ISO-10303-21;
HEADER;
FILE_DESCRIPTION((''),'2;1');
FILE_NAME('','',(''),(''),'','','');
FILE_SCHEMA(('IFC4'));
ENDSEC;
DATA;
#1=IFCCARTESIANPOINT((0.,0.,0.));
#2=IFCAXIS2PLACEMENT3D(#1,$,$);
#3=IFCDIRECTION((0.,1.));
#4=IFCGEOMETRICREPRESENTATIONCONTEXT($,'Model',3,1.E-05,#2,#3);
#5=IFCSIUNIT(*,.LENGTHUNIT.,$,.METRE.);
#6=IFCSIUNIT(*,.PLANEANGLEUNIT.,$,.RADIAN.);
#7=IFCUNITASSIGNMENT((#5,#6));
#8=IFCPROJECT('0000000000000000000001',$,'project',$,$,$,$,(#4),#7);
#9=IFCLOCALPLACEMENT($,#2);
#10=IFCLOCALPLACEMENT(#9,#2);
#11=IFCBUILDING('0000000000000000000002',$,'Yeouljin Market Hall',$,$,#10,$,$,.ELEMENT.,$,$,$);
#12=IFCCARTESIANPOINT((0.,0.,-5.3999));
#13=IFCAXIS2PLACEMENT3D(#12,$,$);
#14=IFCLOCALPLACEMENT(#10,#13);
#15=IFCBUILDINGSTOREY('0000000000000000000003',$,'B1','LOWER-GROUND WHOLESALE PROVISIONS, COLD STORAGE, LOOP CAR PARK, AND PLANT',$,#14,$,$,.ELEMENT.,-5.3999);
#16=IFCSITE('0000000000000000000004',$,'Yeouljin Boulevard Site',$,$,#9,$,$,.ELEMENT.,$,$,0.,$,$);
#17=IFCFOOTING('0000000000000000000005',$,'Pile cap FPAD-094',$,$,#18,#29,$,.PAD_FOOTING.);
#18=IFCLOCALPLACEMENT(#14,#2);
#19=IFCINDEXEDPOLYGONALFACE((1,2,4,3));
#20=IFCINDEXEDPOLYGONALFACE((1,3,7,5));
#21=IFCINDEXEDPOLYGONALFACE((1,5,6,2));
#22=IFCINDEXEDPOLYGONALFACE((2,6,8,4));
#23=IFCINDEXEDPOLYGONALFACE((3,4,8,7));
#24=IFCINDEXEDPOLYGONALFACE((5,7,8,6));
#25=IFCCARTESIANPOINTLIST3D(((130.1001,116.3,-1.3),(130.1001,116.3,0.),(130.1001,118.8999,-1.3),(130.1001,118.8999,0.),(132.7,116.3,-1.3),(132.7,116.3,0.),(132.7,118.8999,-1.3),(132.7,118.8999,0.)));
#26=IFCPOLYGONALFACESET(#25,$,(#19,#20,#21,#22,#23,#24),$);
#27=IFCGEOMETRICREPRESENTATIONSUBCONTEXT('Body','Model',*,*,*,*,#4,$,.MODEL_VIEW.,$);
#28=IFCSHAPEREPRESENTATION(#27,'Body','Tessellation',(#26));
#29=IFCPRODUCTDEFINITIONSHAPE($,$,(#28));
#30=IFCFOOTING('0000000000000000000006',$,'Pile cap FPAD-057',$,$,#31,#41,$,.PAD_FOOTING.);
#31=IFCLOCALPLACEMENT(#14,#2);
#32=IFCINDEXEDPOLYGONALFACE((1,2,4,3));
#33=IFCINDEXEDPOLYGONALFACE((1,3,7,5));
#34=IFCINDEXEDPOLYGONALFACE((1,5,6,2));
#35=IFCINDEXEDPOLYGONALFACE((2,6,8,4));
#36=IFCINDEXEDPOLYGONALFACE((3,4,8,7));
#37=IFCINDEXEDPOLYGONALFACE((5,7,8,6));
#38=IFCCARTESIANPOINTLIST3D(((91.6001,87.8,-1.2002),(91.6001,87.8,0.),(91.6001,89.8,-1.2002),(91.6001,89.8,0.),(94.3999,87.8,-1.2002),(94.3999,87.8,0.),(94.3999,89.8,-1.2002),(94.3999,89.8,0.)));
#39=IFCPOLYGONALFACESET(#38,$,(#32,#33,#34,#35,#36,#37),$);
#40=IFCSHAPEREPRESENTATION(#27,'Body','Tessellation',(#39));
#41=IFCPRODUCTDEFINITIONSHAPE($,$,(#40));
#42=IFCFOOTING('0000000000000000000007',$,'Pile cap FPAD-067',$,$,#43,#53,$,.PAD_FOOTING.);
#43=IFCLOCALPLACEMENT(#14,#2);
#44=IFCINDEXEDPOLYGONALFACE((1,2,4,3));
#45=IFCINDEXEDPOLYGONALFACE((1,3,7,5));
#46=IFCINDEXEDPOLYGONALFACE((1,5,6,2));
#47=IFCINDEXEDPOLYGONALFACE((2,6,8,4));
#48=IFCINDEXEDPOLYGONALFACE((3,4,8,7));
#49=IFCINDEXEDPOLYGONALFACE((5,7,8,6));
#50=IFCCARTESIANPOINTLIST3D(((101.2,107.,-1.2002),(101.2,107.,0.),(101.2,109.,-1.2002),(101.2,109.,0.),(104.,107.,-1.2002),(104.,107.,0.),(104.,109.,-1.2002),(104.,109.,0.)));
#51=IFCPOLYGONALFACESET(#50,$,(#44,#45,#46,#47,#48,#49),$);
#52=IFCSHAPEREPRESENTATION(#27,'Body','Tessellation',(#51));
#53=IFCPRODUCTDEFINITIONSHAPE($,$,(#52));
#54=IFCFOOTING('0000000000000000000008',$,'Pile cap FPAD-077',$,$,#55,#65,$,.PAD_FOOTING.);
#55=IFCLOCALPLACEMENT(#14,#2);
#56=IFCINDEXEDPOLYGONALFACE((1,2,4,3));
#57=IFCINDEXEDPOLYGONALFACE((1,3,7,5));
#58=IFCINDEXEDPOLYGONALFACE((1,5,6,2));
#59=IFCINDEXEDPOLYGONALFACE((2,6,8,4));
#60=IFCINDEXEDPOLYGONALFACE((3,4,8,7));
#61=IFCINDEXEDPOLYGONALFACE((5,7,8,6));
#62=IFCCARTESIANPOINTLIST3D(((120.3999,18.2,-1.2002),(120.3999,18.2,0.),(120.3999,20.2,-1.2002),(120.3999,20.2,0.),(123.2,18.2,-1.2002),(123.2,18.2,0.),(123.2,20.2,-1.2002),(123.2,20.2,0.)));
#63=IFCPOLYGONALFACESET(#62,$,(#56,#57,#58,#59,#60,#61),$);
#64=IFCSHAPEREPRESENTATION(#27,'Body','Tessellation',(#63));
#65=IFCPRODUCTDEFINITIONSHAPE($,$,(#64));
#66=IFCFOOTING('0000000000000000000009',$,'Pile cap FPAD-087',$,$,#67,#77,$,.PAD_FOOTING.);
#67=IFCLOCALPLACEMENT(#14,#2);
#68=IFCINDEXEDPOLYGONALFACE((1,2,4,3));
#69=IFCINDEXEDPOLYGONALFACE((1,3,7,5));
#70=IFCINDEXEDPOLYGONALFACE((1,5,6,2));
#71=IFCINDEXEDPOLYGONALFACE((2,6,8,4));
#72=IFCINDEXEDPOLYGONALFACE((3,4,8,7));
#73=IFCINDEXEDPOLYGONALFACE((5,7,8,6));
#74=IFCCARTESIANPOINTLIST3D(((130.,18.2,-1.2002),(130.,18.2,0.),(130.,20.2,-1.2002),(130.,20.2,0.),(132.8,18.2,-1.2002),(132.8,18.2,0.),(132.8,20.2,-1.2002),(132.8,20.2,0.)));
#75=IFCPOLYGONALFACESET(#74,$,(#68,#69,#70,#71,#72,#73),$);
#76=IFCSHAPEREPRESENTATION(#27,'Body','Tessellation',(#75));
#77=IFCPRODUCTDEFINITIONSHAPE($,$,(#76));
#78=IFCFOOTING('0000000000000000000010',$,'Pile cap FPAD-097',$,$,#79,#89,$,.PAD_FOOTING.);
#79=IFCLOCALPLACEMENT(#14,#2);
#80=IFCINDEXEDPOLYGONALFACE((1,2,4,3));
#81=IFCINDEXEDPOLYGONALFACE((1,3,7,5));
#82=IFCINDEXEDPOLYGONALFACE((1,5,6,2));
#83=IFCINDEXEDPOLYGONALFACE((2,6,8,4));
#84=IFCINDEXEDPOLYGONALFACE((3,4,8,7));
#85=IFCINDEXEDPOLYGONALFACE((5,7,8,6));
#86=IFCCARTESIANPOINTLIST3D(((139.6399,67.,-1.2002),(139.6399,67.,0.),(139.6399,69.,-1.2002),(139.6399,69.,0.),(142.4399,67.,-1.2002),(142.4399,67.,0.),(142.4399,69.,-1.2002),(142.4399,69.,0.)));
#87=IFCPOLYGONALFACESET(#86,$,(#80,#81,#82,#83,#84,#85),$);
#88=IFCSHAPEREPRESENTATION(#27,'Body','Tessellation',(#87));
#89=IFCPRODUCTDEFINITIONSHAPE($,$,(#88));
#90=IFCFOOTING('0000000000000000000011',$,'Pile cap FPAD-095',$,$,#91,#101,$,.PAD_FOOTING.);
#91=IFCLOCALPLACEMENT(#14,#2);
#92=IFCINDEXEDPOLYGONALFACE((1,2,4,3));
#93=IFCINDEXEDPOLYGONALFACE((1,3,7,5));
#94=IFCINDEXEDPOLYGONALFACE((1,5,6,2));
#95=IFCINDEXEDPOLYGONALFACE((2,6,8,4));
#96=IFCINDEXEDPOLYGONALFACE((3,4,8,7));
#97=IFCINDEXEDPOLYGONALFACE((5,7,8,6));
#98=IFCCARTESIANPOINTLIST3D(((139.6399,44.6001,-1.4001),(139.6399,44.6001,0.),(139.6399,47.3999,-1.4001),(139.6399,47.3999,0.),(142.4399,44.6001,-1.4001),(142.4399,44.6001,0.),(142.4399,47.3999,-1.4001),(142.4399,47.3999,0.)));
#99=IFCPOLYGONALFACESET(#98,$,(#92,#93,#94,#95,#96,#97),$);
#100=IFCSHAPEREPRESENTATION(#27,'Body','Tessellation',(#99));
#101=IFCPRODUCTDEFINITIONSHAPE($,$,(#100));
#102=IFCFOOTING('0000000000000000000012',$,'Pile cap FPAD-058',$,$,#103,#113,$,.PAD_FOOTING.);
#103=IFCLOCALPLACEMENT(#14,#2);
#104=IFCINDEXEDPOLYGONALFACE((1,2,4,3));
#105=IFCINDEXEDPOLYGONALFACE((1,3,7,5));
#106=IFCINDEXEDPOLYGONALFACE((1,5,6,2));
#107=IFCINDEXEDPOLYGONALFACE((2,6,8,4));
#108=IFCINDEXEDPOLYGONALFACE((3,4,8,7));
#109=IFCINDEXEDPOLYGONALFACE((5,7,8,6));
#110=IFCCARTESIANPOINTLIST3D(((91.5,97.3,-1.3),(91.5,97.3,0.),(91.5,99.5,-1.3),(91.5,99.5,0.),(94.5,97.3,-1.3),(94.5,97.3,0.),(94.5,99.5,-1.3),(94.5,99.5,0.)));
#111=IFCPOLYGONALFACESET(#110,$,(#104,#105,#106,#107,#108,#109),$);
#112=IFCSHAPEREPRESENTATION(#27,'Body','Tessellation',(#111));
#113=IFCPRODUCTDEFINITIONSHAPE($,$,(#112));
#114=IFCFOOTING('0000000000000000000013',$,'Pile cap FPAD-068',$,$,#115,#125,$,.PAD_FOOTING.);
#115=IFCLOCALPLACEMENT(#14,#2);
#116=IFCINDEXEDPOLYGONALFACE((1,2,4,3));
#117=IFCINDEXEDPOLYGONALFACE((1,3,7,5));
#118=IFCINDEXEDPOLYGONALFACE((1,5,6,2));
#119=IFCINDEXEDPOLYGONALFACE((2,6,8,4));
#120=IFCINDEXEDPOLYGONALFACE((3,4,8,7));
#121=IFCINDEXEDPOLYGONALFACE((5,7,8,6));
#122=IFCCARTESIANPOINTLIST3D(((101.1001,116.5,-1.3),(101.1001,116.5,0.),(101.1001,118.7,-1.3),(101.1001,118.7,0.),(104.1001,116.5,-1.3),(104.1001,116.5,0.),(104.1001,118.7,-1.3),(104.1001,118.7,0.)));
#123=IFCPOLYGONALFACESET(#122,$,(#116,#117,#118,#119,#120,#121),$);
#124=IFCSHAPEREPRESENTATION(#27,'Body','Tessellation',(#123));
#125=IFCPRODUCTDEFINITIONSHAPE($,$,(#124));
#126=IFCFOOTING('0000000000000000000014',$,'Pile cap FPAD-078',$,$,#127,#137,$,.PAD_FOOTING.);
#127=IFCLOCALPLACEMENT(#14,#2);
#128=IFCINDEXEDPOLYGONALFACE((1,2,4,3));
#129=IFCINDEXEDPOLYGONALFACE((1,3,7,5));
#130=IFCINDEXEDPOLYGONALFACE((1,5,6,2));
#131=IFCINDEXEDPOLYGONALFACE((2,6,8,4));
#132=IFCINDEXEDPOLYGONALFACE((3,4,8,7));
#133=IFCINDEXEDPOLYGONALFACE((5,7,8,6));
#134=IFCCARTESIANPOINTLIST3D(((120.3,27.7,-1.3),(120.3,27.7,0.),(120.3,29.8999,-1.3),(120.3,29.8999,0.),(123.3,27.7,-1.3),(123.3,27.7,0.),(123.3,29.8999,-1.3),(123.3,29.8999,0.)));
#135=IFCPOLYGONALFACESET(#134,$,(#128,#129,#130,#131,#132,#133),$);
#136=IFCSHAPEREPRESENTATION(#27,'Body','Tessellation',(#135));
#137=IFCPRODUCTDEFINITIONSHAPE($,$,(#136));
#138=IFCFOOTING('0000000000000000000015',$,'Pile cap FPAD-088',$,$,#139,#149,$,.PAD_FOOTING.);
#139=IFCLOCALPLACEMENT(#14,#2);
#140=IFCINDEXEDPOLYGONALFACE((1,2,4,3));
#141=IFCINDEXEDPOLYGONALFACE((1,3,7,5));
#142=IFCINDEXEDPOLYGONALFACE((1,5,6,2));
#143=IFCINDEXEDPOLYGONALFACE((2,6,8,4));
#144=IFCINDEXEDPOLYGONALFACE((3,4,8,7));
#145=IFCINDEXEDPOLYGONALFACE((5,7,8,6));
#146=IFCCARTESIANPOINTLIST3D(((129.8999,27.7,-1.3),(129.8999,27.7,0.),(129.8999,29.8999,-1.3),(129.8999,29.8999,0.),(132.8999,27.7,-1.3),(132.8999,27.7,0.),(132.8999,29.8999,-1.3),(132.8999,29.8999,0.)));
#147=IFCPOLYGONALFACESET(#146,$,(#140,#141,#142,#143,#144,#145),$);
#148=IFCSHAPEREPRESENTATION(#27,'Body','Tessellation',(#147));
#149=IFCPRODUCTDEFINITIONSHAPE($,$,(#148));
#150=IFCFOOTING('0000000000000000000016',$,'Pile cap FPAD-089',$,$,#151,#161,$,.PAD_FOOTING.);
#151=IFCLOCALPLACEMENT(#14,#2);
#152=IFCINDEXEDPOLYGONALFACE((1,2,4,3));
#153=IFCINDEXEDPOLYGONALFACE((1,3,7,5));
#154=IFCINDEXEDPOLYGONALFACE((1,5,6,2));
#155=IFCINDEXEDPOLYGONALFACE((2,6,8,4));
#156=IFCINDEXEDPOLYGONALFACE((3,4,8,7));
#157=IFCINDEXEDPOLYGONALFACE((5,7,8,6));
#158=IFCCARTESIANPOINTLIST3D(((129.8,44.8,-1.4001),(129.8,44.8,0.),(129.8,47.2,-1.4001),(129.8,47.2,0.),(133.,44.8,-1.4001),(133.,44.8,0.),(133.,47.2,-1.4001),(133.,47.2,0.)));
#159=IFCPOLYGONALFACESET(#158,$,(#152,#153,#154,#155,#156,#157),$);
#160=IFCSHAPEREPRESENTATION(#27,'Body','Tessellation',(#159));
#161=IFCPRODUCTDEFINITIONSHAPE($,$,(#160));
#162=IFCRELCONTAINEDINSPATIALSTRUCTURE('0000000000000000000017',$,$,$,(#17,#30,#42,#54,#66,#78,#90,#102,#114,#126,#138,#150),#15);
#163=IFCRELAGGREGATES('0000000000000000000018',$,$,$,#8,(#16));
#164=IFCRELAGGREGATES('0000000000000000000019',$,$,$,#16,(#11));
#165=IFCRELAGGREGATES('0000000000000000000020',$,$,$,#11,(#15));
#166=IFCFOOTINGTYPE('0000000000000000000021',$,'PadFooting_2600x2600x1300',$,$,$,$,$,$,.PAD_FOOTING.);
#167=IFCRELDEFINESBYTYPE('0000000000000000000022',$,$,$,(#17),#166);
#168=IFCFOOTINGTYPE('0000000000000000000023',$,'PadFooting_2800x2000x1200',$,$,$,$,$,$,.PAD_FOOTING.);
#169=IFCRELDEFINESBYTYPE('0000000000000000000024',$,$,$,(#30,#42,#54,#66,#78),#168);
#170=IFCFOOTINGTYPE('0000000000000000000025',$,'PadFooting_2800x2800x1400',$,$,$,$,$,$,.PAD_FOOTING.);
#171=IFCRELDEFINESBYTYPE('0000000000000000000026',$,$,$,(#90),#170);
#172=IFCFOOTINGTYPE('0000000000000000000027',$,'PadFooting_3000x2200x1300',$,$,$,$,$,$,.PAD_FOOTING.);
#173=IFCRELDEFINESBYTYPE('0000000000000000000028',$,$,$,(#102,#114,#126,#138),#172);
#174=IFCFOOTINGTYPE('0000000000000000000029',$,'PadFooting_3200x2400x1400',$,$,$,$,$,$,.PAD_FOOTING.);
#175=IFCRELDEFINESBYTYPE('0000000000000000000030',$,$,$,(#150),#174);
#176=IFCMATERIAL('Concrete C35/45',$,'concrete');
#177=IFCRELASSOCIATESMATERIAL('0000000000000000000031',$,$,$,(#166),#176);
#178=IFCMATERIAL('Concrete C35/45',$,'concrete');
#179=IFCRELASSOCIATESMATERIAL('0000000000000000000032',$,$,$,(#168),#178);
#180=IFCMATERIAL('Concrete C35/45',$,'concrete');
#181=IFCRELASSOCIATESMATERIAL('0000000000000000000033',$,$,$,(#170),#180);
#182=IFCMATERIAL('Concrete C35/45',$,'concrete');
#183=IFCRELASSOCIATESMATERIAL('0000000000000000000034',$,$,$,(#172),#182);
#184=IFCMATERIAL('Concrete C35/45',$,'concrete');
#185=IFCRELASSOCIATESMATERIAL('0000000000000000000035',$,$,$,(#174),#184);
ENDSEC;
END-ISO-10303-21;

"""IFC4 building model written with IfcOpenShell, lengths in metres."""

from ifc_helpers import new_model, si_unit, direction, frame, origin, place, context, subcontext, project, spatial, polyline, outline, extrude, material, type_object, element, save


model = new_model("IFC4")

# Units and contexts
model_context = context("Model", 3, precision=1e-05, world=origin(), true_north=direction((0.0, 1.0)))
body_context = subcontext(model_context, "Body", "Model", "MODEL_VIEW")
ifc_project = project(units=[si_unit("LENGTHUNIT", "METRE"), si_unit("PLANEANGLEUNIT", "RADIAN")], contexts=[model_context])

# Site, building, storey
site_placement = place(None, origin())
site = spatial("IfcSite", under=ifc_project, at=site_placement, Name="Yeouljin Boulevard Site", CompositionType="ELEMENT", RefElevation=0.0)
building_placement = place(site_placement, origin())
building = spatial("IfcBuilding", under=site, at=building_placement, Name="Yeouljin Market Hall", CompositionType="ELEMENT")
storey_placement = place(building_placement, frame((0.0, 0.0, -5.3999)))
storey = spatial("IfcBuildingStorey", under=building, at=storey_placement, Name="B1", Description="LOWER-GROUND WHOLESALE PROVISIONS, COLD STORAGE, LOOP CAR PARK, AND PLANT", CompositionType="ELEMENT", Elevation=-5.3999)

# Footings
ifc_material_1 = material(Name="Concrete C35/45", Category="concrete")
footing_type_1 = type_object("IfcFootingType", Name="PadFooting_2600x2600x1300", PredefinedType="PAD_FOOTING", material=ifc_material_1)
footing_1_placement = place(storey_placement, frame((0.0, 0.0, -1.3)))
element("IfcFooting", 1, at=footing_1_placement, inside=storey, type_object=footing_type_1, Name="Pile cap FPAD-094", PredefinedType="PAD_FOOTING", context=body_context, shape_type="SweptSolid", body=[
    extrude(outline(polyline([(130.1001, 116.3), (132.7, 116.3), (132.7, 118.8999), (130.1001, 118.8999), (130.1001, 116.3)])), origin(), (0.0, 0.0, 1.0), 1.3),
])
ifc_material_2 = material(Name="Concrete C35/45", Category="concrete")
footing_type_2 = type_object("IfcFootingType", Name="PadFooting_2800x2000x1200", PredefinedType="PAD_FOOTING", material=ifc_material_2)
footing_2_placement = place(storey_placement, frame((0.0, 0.0, -1.2002)))
element("IfcFooting", 2, at=footing_2_placement, inside=storey, type_object=footing_type_2, Name="Pile cap FPAD-057", PredefinedType="PAD_FOOTING", context=body_context, shape_type="SweptSolid", body=[
    extrude(outline(polyline([(91.6001, 87.8), (94.3999, 87.8), (94.3999, 89.8), (91.6001, 89.8), (91.6001, 87.8)])), origin(), (0.0, 0.0, 1.0), 1.2002),
])
footing_3_placement = place(storey_placement, frame((0.0, 0.0, -1.2002)))
element("IfcFooting", 3, at=footing_3_placement, inside=storey, type_object=footing_type_2, Name="Pile cap FPAD-067", PredefinedType="PAD_FOOTING", context=body_context, shape_type="SweptSolid", body=[
    extrude(outline(polyline([(101.2, 107.0), (104.0, 107.0), (104.0, 109.0), (101.2, 109.0), (101.2, 107.0)])), origin(), (0.0, 0.0, 1.0), 1.2002),
])
footing_4_placement = place(storey_placement, frame((0.0, 0.0, -1.2002)))
element("IfcFooting", 4, at=footing_4_placement, inside=storey, type_object=footing_type_2, Name="Pile cap FPAD-077", PredefinedType="PAD_FOOTING", context=body_context, shape_type="SweptSolid", body=[
    extrude(outline(polyline([(120.3999, 18.2), (123.2, 18.2), (123.2, 20.2), (120.3999, 20.2), (120.3999, 18.2)])), origin(), (0.0, 0.0, 1.0), 1.2002),
])
footing_5_placement = place(storey_placement, frame((0.0, 0.0, -1.2002)))
element("IfcFooting", 5, at=footing_5_placement, inside=storey, type_object=footing_type_2, Name="Pile cap FPAD-087", PredefinedType="PAD_FOOTING", context=body_context, shape_type="SweptSolid", body=[
    extrude(outline(polyline([(130.0, 18.2), (132.8, 18.2), (132.8, 20.2), (130.0, 20.2), (130.0, 18.2)])), origin(), (0.0, 0.0, 1.0), 1.2002),
])
footing_6_placement = place(storey_placement, frame((0.0, 0.0, -1.2002)))
element("IfcFooting", 6, at=footing_6_placement, inside=storey, type_object=footing_type_2, Name="Pile cap FPAD-097", PredefinedType="PAD_FOOTING", context=body_context, shape_type="SweptSolid", body=[
    extrude(outline(polyline([(139.6399, 67.0), (142.4399, 67.0), (142.4399, 69.0), (139.6399, 69.0), (139.6399, 67.0)])), origin(), (0.0, 0.0, 1.0), 1.2002),
])
ifc_material_3 = material(Name="Concrete C35/45", Category="concrete")
footing_type_3 = type_object("IfcFootingType", Name="PadFooting_2800x2800x1400", PredefinedType="PAD_FOOTING", material=ifc_material_3)
footing_7_placement = place(storey_placement, frame((0.0, 0.0, -1.4001)))
element("IfcFooting", 7, at=footing_7_placement, inside=storey, type_object=footing_type_3, Name="Pile cap FPAD-095", PredefinedType="PAD_FOOTING", context=body_context, shape_type="SweptSolid", body=[
    extrude(outline(polyline([(139.6399, 44.6001), (142.4399, 44.6001), (142.4399, 47.3999), (139.6399, 47.3999), (139.6399, 44.6001)])), origin(), (0.0, 0.0, 1.0), 1.4001),
])
ifc_material_4 = material(Name="Concrete C35/45", Category="concrete")
footing_type_4 = type_object("IfcFootingType", Name="PadFooting_3000x2200x1300", PredefinedType="PAD_FOOTING", material=ifc_material_4)
footing_8_placement = place(storey_placement, frame((0.0, 0.0, -1.3)))
element("IfcFooting", 8, at=footing_8_placement, inside=storey, type_object=footing_type_4, Name="Pile cap FPAD-058", PredefinedType="PAD_FOOTING", context=body_context, shape_type="SweptSolid", body=[
    extrude(outline(polyline([(91.5, 97.3), (94.5, 97.3), (94.5, 99.5), (91.5, 99.5), (91.5, 97.3)])), origin(), (0.0, 0.0, 1.0), 1.3),
])
footing_9_placement = place(storey_placement, frame((0.0, 0.0, -1.3)))
element("IfcFooting", 9, at=footing_9_placement, inside=storey, type_object=footing_type_4, Name="Pile cap FPAD-068", PredefinedType="PAD_FOOTING", context=body_context, shape_type="SweptSolid", body=[
    extrude(outline(polyline([(101.1001, 116.5), (104.1001, 116.5), (104.1001, 118.7), (101.1001, 118.7), (101.1001, 116.5)])), origin(), (0.0, 0.0, 1.0), 1.3),
])
footing_10_placement = place(storey_placement, frame((0.0, 0.0, -1.3)))
element("IfcFooting", 10, at=footing_10_placement, inside=storey, type_object=footing_type_4, Name="Pile cap FPAD-078", PredefinedType="PAD_FOOTING", context=body_context, shape_type="SweptSolid", body=[
    extrude(outline(polyline([(120.3, 27.7), (123.3, 27.7), (123.3, 29.8999), (120.3, 29.8999), (120.3, 27.7)])), origin(), (0.0, 0.0, 1.0), 1.3),
])
footing_11_placement = place(storey_placement, frame((0.0, 0.0, -1.3)))
element("IfcFooting", 11, at=footing_11_placement, inside=storey, type_object=footing_type_4, Name="Pile cap FPAD-088", PredefinedType="PAD_FOOTING", context=body_context, shape_type="SweptSolid", body=[
    extrude(outline(polyline([(129.8999, 27.7), (132.8999, 27.7), (132.8999, 29.8999), (129.8999, 29.8999), (129.8999, 27.7)])), origin(), (0.0, 0.0, 1.0), 1.3),
])
ifc_material_5 = material(Name="Concrete C35/45", Category="concrete")
footing_type_5 = type_object("IfcFootingType", Name="PadFooting_3200x2400x1400", PredefinedType="PAD_FOOTING", material=ifc_material_5)
footing_12_placement = place(storey_placement, frame((0.0, 0.0, -1.4001)))
element("IfcFooting", 12, at=footing_12_placement, inside=storey, type_object=footing_type_5, Name="Pile cap FPAD-089", PredefinedType="PAD_FOOTING", context=body_context, shape_type="SweptSolid", body=[
    extrude(outline(polyline([(129.8, 44.8), (133.0, 44.8), (133.0, 47.2), (129.8, 47.2), (129.8, 44.8)])), origin(), (0.0, 0.0, 1.0), 1.4001),
])

save(model, "model.ifc")
